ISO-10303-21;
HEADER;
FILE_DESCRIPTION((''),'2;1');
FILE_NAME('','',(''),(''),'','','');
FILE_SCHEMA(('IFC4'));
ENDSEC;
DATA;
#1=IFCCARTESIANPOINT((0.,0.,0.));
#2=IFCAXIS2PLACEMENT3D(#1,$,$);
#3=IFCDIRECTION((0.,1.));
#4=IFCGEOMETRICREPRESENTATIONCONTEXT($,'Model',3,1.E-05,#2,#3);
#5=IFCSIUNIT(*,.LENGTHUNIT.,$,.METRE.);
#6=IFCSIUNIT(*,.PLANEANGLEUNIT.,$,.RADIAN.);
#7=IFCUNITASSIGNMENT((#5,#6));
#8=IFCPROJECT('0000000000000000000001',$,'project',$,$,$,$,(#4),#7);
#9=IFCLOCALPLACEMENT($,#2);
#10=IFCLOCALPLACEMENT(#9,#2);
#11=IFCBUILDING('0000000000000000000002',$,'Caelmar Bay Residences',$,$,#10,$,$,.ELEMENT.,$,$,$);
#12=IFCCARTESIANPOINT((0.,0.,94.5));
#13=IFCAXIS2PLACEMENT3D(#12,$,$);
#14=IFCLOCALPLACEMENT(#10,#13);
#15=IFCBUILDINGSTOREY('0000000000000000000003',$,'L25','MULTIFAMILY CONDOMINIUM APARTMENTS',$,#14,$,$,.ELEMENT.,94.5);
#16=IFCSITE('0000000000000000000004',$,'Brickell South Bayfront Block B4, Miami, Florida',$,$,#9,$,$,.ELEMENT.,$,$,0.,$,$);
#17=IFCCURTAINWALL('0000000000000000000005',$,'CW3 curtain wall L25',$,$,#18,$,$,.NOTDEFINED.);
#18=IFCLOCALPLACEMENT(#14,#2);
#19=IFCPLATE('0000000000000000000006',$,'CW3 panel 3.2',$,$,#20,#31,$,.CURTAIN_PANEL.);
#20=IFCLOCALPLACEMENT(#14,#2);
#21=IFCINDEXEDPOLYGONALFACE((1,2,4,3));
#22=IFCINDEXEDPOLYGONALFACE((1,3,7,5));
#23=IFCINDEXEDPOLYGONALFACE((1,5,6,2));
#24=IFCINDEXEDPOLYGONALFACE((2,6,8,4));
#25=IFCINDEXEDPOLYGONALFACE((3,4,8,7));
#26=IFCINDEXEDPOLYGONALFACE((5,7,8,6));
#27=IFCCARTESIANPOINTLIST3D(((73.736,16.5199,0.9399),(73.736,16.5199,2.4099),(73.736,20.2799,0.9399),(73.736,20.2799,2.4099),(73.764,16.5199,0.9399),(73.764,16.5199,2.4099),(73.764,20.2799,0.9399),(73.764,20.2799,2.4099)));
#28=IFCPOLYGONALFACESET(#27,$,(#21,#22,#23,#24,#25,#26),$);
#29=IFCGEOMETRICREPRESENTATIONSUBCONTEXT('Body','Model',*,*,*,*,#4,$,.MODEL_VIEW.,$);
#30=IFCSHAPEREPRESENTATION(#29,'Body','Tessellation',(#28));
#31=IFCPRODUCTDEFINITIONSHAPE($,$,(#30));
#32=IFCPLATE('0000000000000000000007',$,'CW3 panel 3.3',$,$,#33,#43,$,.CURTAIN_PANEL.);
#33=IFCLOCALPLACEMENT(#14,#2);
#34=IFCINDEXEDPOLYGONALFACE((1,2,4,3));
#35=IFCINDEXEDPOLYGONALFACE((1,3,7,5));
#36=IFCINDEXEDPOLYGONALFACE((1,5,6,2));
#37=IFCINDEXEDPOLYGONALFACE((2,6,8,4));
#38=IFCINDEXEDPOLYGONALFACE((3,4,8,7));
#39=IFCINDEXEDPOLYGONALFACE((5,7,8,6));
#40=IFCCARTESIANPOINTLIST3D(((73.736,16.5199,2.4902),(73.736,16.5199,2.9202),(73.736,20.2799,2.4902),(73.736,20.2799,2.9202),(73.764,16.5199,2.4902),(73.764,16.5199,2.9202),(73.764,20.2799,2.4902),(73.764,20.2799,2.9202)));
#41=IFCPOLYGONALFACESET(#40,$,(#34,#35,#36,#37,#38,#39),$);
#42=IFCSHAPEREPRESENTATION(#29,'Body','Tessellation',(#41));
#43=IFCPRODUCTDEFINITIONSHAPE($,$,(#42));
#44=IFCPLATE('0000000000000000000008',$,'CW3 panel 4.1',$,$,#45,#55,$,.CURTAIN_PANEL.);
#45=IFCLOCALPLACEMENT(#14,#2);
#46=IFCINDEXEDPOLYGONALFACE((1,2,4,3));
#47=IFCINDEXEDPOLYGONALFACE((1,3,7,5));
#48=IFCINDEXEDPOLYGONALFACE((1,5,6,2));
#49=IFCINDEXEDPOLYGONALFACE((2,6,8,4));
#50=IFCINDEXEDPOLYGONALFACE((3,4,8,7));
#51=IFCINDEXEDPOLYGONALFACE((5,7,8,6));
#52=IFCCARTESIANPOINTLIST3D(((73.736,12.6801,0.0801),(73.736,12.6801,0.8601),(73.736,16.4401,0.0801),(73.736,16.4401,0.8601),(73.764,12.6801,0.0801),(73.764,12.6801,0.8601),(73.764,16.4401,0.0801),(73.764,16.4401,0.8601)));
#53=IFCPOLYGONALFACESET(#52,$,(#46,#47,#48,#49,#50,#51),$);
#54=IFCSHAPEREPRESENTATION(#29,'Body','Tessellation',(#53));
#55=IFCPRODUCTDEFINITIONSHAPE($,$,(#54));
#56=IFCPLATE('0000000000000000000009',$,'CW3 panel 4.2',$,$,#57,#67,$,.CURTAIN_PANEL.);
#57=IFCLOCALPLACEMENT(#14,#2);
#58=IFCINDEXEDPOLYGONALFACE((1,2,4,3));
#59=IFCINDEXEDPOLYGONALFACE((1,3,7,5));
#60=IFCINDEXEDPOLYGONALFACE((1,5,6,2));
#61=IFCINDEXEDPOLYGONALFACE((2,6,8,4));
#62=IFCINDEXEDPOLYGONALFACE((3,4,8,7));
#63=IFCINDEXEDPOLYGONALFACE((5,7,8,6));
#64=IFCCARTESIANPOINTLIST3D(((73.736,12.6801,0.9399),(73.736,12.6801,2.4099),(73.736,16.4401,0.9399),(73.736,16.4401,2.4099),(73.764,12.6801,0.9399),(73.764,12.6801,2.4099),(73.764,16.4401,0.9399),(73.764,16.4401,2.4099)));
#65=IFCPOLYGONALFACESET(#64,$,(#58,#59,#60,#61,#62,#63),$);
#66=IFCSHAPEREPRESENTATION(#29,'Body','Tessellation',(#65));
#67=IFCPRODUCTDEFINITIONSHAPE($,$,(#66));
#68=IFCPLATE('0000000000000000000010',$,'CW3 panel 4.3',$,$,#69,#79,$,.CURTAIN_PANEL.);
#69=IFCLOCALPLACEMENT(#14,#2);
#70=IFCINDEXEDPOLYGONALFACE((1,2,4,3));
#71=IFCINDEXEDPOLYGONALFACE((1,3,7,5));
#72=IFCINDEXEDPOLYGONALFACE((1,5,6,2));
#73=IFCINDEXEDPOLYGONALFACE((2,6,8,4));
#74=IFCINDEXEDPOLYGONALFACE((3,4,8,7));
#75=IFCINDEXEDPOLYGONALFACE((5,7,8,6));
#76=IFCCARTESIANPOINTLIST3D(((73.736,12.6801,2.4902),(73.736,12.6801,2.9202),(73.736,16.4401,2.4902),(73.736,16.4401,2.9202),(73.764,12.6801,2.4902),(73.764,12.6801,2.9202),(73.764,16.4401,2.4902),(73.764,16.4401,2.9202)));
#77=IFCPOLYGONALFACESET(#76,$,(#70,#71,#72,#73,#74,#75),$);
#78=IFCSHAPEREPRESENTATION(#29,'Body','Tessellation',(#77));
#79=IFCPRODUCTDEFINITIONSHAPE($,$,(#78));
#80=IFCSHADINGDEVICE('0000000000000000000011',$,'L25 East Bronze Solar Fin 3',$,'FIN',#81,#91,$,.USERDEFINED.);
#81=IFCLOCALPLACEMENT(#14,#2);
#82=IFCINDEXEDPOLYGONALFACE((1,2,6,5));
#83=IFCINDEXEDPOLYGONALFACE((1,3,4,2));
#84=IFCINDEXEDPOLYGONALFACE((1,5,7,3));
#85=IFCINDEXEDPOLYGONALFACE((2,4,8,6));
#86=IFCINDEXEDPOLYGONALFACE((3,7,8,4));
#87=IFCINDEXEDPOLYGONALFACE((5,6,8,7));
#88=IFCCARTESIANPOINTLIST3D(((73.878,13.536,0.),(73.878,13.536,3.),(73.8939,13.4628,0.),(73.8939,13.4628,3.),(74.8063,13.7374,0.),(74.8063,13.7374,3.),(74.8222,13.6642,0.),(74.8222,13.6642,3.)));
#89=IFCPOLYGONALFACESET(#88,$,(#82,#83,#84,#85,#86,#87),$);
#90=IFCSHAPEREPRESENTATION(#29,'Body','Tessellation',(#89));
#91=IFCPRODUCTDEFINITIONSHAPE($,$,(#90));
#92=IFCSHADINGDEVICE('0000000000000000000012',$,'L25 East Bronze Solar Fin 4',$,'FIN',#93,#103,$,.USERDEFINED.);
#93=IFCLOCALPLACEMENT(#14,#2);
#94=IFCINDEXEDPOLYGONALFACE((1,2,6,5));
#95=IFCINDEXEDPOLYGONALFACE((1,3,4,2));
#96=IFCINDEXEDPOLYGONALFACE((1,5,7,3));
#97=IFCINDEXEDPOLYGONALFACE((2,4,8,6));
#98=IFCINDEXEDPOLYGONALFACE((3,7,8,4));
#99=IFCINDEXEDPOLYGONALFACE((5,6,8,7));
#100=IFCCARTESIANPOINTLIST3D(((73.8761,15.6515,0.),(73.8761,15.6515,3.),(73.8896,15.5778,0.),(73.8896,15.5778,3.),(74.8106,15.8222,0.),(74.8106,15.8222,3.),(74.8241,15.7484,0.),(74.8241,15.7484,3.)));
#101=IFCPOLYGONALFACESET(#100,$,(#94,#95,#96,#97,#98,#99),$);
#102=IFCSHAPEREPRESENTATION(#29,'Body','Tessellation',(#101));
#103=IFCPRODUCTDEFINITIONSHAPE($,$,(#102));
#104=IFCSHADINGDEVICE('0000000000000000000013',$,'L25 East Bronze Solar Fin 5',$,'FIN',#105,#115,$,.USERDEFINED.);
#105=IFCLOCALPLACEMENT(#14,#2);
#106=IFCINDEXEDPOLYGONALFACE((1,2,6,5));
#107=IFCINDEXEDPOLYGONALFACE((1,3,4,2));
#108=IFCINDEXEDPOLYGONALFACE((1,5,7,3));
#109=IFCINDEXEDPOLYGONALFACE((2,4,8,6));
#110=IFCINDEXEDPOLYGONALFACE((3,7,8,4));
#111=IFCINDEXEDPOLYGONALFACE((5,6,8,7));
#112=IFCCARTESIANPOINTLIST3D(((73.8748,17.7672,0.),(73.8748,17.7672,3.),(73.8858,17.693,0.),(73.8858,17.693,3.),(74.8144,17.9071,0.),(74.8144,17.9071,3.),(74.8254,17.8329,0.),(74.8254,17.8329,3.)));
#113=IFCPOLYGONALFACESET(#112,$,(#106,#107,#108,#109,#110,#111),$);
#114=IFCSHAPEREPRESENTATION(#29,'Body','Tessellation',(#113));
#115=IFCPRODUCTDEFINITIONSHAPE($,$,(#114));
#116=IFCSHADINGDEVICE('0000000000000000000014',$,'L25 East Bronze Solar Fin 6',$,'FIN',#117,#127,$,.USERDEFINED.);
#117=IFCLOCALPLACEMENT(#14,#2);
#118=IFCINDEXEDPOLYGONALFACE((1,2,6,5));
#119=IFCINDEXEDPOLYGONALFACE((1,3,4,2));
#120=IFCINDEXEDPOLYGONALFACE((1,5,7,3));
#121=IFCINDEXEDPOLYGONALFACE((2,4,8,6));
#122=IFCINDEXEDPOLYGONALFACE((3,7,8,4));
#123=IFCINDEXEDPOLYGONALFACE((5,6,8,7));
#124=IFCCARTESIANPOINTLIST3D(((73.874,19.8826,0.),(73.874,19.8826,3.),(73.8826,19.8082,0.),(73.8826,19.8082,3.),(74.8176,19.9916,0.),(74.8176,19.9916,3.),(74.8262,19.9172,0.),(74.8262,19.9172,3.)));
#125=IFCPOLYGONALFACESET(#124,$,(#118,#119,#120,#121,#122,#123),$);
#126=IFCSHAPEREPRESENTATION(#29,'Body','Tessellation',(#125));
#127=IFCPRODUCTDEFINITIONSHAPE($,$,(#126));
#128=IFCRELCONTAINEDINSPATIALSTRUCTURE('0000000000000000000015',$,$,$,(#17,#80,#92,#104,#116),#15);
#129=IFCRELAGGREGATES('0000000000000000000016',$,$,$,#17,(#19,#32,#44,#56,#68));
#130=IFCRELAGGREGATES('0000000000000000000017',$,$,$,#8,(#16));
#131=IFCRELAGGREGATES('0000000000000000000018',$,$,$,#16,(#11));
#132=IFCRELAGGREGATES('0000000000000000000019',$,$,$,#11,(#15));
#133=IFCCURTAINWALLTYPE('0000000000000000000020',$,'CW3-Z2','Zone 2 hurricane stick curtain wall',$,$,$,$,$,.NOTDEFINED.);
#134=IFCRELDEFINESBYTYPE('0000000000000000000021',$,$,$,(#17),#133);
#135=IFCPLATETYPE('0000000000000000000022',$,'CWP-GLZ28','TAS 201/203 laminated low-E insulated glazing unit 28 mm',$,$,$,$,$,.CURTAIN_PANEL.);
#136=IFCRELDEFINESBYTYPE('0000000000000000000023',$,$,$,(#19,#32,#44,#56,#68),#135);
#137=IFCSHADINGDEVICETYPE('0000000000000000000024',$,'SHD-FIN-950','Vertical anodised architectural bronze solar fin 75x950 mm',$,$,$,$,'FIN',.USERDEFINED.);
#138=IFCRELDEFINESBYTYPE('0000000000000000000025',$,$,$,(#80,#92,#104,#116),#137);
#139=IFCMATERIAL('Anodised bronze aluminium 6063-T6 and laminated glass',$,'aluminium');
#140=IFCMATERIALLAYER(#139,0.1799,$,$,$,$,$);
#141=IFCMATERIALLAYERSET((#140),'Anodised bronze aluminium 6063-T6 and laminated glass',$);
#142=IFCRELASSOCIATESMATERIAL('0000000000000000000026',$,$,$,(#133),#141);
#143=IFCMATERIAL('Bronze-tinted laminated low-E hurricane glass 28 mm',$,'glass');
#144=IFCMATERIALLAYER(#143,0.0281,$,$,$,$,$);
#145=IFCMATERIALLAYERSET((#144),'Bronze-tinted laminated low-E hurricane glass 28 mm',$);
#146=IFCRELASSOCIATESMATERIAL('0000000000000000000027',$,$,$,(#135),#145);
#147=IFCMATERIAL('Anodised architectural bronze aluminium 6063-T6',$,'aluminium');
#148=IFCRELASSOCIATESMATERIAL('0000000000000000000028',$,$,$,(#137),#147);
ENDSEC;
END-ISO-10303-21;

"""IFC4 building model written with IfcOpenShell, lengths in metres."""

from ifc_helpers import new_model, si_unit, direction, frame, origin, origin_2d, place, context, subcontext, project, spatial, rectangle, extrude, material, layer, layer_set, material_profile, profile_set, type_object, element, aggregate, save


model = new_model("IFC4")

# Units and contexts
model_context = context("Model", 3, precision=1e-05, world=origin(), true_north=direction((0.0, 1.0)))
body_context = subcontext(model_context, "Body", "Model", "MODEL_VIEW")
ifc_project = project(units=[si_unit("LENGTHUNIT", "METRE"), si_unit("PLANEANGLEUNIT", "RADIAN")], contexts=[model_context])

# Site, building, storey
site_placement = place(None, origin())
site = spatial("IfcSite", under=ifc_project, at=site_placement, Name="Brickell South Bayfront Block B4, Miami, Florida", CompositionType="ELEMENT", RefElevation=0.0)
building_placement = place(site_placement, origin())
building = spatial("IfcBuilding", under=site, at=building_placement, Name="Caelmar Bay Residences", CompositionType="ELEMENT")
storey_placement = place(building_placement, frame((0.0, 0.0, 94.5)))
storey = spatial("IfcBuildingStorey", under=building, at=storey_placement, Name="L25", Description="MULTIFAMILY CONDOMINIUM APARTMENTS", CompositionType="ELEMENT", Elevation=94.5)

# Curtain wall, plates
ifc_material_1 = material(Name="Anodised bronze aluminium 6063-T6 and laminated glass", Category="aluminium")
ifc_layer_1 = layer(ifc_material_1, 0.1799)
ifc_layer_set_1 = layer_set([ifc_layer_1], Name="Anodised bronze aluminium 6063-T6 and laminated glass")
curtain_wall_type = type_object("IfcCurtainWallType", Name="CW3-Z2", Description="Zone 2 hurricane stick curtain wall", PredefinedType="NOTDEFINED", material=ifc_layer_set_1)
curtain_wall_placement = place(storey_placement, origin())
curtain_wall = element("IfcCurtainWall", 1, at=curtain_wall_placement, inside=storey, type_object=curtain_wall_type, Name="CW3 curtain wall L25", PredefinedType="NOTDEFINED")
ifc_material_2 = material(Name="Bronze-tinted laminated low-E hurricane glass 28 mm", Category="glass")
ifc_layer_2 = layer(ifc_material_2, 0.0281)
ifc_layer_set_2 = layer_set([ifc_layer_2], Name="Bronze-tinted laminated low-E hurricane glass 28 mm")
plate_type = type_object("IfcPlateType", Name="CWP-GLZ28", Description="TAS 201/203 laminated low-E insulated glazing unit 28 mm", PredefinedType="CURTAIN_PANEL", material=ifc_layer_set_2)
plate_1_placement = place(storey_placement, frame((73.75, 18.3999, 0.9399), z_axis=(0.0, 0.0, 1.0), x_axis=(0.0, -1.0, 0.0)))
plate_1 = element("IfcPlate", 2, at=plate_1_placement, type_object=plate_type, Name="CW3 panel 3.2", PredefinedType="CURTAIN_PANEL", context=body_context, shape_type="SweptSolid", body=[
    extrude(rectangle(XDim=3.76, YDim=0.0281, at=origin_2d()), origin(), (0.0, 0.0, 1.0), 1.47),
])
plate_2_placement = place(storey_placement, frame((73.75, 18.3999, 2.4902), z_axis=(0.0, 0.0, 1.0), x_axis=(0.0, -1.0, 0.0)))
plate_2 = element("IfcPlate", 3, at=plate_2_placement, type_object=plate_type, Name="CW3 panel 3.3", PredefinedType="CURTAIN_PANEL", context=body_context, shape_type="SweptSolid", body=[
    extrude(rectangle(XDim=3.76, YDim=0.0281, at=origin_2d()), origin(), (0.0, 0.0, 1.0), 0.4299),
])
plate_3_placement = place(storey_placement, frame((73.75, 14.5601, 0.0801), z_axis=(0.0, 0.0, 1.0), x_axis=(0.0, -1.0, 0.0)))
plate_3 = element("IfcPlate", 4, at=plate_3_placement, type_object=plate_type, Name="CW3 panel 4.1", PredefinedType="CURTAIN_PANEL", context=body_context, shape_type="SweptSolid", body=[
    extrude(rectangle(XDim=3.76, YDim=0.0281, at=origin_2d()), origin(), (0.0, 0.0, 1.0), 0.78),
])
plate_4_placement = place(storey_placement, frame((73.75, 14.5601, 0.9399), z_axis=(0.0, 0.0, 1.0), x_axis=(0.0, -1.0, 0.0)))
plate_4 = element("IfcPlate", 5, at=plate_4_placement, type_object=plate_type, Name="CW3 panel 4.2", PredefinedType="CURTAIN_PANEL", context=body_context, shape_type="SweptSolid", body=[
    extrude(rectangle(XDim=3.76, YDim=0.0281, at=origin_2d()), origin(), (0.0, 0.0, 1.0), 1.47),
])
plate_5_placement = place(storey_placement, frame((73.75, 14.5601, 2.4902), z_axis=(0.0, 0.0, 1.0), x_axis=(0.0, -1.0, 0.0)))
plate_5 = element("IfcPlate", 6, at=plate_5_placement, type_object=plate_type, Name="CW3 panel 4.3", PredefinedType="CURTAIN_PANEL", context=body_context, shape_type="SweptSolid", body=[
    extrude(rectangle(XDim=3.76, YDim=0.0281, at=origin_2d()), origin(), (0.0, 0.0, 1.0), 0.4299),
])
aggregate(curtain_wall, [plate_1, plate_2, plate_3, plate_4, plate_5])

# Shading devices
ifc_material_3 = material(Name="Anodised architectural bronze aluminium 6063-T6", Category="aluminium")
ifc_material_profile_1 = material_profile(ifc_material_3, rectangle(XDim=0.075, YDim=0.95, at=origin_2d()), Name="BRONZE-FIN-75X950")
ifc_profile_set_1 = profile_set([ifc_material_profile_1], Name="Anodised architectural bronze aluminium 6063-T6")
shading_device_type = type_object("IfcShadingDeviceType", Name="SHD-FIN-950", Description="Vertical anodised architectural bronze solar fin 75x950 mm", ElementType="FIN", PredefinedType="USERDEFINED", material=ifc_profile_set_1)
for number, where, z_axis, x_axis, name in (
    (7, (74.3501, 13.6001, 0.0), (0.0, 0.0, 1.0), (-0.212007, 0.977268, 0.0), "L25 East Bronze Solar Fin 3"),
    (8, (74.3501, 15.7, 0.0), (0.0, 0.0, 1.0), (-0.179661, 0.983729, 0.0), "L25 East Bronze Solar Fin 4"),
    (9, (74.3501, 17.8, 0.0), (0.0, 0.0, 1.0), (-0.147292, 0.989093, 0.0), "L25 East Bronze Solar Fin 5"),
    (10, (74.3501, 19.8999, 0.0), (0.0, 0.0, 1.0), (-0.114764, 0.993393, 0.0), "L25 East Bronze Solar Fin 6"),
):
    element("IfcShadingDevice", number, at=place(storey_placement, frame(where, z_axis=z_axis, x_axis=x_axis)), inside=storey, type_object=shading_device_type, Name=name, ObjectType="FIN", PredefinedType="USERDEFINED", context=body_context, shape_type="SweptSolid", body=[
        extrude(rectangle(XDim=0.075, YDim=0.95, at=origin_2d()), origin(), (0.0, 0.0, 1.0), 3.0),
    ])

save(model, "model.ifc")
